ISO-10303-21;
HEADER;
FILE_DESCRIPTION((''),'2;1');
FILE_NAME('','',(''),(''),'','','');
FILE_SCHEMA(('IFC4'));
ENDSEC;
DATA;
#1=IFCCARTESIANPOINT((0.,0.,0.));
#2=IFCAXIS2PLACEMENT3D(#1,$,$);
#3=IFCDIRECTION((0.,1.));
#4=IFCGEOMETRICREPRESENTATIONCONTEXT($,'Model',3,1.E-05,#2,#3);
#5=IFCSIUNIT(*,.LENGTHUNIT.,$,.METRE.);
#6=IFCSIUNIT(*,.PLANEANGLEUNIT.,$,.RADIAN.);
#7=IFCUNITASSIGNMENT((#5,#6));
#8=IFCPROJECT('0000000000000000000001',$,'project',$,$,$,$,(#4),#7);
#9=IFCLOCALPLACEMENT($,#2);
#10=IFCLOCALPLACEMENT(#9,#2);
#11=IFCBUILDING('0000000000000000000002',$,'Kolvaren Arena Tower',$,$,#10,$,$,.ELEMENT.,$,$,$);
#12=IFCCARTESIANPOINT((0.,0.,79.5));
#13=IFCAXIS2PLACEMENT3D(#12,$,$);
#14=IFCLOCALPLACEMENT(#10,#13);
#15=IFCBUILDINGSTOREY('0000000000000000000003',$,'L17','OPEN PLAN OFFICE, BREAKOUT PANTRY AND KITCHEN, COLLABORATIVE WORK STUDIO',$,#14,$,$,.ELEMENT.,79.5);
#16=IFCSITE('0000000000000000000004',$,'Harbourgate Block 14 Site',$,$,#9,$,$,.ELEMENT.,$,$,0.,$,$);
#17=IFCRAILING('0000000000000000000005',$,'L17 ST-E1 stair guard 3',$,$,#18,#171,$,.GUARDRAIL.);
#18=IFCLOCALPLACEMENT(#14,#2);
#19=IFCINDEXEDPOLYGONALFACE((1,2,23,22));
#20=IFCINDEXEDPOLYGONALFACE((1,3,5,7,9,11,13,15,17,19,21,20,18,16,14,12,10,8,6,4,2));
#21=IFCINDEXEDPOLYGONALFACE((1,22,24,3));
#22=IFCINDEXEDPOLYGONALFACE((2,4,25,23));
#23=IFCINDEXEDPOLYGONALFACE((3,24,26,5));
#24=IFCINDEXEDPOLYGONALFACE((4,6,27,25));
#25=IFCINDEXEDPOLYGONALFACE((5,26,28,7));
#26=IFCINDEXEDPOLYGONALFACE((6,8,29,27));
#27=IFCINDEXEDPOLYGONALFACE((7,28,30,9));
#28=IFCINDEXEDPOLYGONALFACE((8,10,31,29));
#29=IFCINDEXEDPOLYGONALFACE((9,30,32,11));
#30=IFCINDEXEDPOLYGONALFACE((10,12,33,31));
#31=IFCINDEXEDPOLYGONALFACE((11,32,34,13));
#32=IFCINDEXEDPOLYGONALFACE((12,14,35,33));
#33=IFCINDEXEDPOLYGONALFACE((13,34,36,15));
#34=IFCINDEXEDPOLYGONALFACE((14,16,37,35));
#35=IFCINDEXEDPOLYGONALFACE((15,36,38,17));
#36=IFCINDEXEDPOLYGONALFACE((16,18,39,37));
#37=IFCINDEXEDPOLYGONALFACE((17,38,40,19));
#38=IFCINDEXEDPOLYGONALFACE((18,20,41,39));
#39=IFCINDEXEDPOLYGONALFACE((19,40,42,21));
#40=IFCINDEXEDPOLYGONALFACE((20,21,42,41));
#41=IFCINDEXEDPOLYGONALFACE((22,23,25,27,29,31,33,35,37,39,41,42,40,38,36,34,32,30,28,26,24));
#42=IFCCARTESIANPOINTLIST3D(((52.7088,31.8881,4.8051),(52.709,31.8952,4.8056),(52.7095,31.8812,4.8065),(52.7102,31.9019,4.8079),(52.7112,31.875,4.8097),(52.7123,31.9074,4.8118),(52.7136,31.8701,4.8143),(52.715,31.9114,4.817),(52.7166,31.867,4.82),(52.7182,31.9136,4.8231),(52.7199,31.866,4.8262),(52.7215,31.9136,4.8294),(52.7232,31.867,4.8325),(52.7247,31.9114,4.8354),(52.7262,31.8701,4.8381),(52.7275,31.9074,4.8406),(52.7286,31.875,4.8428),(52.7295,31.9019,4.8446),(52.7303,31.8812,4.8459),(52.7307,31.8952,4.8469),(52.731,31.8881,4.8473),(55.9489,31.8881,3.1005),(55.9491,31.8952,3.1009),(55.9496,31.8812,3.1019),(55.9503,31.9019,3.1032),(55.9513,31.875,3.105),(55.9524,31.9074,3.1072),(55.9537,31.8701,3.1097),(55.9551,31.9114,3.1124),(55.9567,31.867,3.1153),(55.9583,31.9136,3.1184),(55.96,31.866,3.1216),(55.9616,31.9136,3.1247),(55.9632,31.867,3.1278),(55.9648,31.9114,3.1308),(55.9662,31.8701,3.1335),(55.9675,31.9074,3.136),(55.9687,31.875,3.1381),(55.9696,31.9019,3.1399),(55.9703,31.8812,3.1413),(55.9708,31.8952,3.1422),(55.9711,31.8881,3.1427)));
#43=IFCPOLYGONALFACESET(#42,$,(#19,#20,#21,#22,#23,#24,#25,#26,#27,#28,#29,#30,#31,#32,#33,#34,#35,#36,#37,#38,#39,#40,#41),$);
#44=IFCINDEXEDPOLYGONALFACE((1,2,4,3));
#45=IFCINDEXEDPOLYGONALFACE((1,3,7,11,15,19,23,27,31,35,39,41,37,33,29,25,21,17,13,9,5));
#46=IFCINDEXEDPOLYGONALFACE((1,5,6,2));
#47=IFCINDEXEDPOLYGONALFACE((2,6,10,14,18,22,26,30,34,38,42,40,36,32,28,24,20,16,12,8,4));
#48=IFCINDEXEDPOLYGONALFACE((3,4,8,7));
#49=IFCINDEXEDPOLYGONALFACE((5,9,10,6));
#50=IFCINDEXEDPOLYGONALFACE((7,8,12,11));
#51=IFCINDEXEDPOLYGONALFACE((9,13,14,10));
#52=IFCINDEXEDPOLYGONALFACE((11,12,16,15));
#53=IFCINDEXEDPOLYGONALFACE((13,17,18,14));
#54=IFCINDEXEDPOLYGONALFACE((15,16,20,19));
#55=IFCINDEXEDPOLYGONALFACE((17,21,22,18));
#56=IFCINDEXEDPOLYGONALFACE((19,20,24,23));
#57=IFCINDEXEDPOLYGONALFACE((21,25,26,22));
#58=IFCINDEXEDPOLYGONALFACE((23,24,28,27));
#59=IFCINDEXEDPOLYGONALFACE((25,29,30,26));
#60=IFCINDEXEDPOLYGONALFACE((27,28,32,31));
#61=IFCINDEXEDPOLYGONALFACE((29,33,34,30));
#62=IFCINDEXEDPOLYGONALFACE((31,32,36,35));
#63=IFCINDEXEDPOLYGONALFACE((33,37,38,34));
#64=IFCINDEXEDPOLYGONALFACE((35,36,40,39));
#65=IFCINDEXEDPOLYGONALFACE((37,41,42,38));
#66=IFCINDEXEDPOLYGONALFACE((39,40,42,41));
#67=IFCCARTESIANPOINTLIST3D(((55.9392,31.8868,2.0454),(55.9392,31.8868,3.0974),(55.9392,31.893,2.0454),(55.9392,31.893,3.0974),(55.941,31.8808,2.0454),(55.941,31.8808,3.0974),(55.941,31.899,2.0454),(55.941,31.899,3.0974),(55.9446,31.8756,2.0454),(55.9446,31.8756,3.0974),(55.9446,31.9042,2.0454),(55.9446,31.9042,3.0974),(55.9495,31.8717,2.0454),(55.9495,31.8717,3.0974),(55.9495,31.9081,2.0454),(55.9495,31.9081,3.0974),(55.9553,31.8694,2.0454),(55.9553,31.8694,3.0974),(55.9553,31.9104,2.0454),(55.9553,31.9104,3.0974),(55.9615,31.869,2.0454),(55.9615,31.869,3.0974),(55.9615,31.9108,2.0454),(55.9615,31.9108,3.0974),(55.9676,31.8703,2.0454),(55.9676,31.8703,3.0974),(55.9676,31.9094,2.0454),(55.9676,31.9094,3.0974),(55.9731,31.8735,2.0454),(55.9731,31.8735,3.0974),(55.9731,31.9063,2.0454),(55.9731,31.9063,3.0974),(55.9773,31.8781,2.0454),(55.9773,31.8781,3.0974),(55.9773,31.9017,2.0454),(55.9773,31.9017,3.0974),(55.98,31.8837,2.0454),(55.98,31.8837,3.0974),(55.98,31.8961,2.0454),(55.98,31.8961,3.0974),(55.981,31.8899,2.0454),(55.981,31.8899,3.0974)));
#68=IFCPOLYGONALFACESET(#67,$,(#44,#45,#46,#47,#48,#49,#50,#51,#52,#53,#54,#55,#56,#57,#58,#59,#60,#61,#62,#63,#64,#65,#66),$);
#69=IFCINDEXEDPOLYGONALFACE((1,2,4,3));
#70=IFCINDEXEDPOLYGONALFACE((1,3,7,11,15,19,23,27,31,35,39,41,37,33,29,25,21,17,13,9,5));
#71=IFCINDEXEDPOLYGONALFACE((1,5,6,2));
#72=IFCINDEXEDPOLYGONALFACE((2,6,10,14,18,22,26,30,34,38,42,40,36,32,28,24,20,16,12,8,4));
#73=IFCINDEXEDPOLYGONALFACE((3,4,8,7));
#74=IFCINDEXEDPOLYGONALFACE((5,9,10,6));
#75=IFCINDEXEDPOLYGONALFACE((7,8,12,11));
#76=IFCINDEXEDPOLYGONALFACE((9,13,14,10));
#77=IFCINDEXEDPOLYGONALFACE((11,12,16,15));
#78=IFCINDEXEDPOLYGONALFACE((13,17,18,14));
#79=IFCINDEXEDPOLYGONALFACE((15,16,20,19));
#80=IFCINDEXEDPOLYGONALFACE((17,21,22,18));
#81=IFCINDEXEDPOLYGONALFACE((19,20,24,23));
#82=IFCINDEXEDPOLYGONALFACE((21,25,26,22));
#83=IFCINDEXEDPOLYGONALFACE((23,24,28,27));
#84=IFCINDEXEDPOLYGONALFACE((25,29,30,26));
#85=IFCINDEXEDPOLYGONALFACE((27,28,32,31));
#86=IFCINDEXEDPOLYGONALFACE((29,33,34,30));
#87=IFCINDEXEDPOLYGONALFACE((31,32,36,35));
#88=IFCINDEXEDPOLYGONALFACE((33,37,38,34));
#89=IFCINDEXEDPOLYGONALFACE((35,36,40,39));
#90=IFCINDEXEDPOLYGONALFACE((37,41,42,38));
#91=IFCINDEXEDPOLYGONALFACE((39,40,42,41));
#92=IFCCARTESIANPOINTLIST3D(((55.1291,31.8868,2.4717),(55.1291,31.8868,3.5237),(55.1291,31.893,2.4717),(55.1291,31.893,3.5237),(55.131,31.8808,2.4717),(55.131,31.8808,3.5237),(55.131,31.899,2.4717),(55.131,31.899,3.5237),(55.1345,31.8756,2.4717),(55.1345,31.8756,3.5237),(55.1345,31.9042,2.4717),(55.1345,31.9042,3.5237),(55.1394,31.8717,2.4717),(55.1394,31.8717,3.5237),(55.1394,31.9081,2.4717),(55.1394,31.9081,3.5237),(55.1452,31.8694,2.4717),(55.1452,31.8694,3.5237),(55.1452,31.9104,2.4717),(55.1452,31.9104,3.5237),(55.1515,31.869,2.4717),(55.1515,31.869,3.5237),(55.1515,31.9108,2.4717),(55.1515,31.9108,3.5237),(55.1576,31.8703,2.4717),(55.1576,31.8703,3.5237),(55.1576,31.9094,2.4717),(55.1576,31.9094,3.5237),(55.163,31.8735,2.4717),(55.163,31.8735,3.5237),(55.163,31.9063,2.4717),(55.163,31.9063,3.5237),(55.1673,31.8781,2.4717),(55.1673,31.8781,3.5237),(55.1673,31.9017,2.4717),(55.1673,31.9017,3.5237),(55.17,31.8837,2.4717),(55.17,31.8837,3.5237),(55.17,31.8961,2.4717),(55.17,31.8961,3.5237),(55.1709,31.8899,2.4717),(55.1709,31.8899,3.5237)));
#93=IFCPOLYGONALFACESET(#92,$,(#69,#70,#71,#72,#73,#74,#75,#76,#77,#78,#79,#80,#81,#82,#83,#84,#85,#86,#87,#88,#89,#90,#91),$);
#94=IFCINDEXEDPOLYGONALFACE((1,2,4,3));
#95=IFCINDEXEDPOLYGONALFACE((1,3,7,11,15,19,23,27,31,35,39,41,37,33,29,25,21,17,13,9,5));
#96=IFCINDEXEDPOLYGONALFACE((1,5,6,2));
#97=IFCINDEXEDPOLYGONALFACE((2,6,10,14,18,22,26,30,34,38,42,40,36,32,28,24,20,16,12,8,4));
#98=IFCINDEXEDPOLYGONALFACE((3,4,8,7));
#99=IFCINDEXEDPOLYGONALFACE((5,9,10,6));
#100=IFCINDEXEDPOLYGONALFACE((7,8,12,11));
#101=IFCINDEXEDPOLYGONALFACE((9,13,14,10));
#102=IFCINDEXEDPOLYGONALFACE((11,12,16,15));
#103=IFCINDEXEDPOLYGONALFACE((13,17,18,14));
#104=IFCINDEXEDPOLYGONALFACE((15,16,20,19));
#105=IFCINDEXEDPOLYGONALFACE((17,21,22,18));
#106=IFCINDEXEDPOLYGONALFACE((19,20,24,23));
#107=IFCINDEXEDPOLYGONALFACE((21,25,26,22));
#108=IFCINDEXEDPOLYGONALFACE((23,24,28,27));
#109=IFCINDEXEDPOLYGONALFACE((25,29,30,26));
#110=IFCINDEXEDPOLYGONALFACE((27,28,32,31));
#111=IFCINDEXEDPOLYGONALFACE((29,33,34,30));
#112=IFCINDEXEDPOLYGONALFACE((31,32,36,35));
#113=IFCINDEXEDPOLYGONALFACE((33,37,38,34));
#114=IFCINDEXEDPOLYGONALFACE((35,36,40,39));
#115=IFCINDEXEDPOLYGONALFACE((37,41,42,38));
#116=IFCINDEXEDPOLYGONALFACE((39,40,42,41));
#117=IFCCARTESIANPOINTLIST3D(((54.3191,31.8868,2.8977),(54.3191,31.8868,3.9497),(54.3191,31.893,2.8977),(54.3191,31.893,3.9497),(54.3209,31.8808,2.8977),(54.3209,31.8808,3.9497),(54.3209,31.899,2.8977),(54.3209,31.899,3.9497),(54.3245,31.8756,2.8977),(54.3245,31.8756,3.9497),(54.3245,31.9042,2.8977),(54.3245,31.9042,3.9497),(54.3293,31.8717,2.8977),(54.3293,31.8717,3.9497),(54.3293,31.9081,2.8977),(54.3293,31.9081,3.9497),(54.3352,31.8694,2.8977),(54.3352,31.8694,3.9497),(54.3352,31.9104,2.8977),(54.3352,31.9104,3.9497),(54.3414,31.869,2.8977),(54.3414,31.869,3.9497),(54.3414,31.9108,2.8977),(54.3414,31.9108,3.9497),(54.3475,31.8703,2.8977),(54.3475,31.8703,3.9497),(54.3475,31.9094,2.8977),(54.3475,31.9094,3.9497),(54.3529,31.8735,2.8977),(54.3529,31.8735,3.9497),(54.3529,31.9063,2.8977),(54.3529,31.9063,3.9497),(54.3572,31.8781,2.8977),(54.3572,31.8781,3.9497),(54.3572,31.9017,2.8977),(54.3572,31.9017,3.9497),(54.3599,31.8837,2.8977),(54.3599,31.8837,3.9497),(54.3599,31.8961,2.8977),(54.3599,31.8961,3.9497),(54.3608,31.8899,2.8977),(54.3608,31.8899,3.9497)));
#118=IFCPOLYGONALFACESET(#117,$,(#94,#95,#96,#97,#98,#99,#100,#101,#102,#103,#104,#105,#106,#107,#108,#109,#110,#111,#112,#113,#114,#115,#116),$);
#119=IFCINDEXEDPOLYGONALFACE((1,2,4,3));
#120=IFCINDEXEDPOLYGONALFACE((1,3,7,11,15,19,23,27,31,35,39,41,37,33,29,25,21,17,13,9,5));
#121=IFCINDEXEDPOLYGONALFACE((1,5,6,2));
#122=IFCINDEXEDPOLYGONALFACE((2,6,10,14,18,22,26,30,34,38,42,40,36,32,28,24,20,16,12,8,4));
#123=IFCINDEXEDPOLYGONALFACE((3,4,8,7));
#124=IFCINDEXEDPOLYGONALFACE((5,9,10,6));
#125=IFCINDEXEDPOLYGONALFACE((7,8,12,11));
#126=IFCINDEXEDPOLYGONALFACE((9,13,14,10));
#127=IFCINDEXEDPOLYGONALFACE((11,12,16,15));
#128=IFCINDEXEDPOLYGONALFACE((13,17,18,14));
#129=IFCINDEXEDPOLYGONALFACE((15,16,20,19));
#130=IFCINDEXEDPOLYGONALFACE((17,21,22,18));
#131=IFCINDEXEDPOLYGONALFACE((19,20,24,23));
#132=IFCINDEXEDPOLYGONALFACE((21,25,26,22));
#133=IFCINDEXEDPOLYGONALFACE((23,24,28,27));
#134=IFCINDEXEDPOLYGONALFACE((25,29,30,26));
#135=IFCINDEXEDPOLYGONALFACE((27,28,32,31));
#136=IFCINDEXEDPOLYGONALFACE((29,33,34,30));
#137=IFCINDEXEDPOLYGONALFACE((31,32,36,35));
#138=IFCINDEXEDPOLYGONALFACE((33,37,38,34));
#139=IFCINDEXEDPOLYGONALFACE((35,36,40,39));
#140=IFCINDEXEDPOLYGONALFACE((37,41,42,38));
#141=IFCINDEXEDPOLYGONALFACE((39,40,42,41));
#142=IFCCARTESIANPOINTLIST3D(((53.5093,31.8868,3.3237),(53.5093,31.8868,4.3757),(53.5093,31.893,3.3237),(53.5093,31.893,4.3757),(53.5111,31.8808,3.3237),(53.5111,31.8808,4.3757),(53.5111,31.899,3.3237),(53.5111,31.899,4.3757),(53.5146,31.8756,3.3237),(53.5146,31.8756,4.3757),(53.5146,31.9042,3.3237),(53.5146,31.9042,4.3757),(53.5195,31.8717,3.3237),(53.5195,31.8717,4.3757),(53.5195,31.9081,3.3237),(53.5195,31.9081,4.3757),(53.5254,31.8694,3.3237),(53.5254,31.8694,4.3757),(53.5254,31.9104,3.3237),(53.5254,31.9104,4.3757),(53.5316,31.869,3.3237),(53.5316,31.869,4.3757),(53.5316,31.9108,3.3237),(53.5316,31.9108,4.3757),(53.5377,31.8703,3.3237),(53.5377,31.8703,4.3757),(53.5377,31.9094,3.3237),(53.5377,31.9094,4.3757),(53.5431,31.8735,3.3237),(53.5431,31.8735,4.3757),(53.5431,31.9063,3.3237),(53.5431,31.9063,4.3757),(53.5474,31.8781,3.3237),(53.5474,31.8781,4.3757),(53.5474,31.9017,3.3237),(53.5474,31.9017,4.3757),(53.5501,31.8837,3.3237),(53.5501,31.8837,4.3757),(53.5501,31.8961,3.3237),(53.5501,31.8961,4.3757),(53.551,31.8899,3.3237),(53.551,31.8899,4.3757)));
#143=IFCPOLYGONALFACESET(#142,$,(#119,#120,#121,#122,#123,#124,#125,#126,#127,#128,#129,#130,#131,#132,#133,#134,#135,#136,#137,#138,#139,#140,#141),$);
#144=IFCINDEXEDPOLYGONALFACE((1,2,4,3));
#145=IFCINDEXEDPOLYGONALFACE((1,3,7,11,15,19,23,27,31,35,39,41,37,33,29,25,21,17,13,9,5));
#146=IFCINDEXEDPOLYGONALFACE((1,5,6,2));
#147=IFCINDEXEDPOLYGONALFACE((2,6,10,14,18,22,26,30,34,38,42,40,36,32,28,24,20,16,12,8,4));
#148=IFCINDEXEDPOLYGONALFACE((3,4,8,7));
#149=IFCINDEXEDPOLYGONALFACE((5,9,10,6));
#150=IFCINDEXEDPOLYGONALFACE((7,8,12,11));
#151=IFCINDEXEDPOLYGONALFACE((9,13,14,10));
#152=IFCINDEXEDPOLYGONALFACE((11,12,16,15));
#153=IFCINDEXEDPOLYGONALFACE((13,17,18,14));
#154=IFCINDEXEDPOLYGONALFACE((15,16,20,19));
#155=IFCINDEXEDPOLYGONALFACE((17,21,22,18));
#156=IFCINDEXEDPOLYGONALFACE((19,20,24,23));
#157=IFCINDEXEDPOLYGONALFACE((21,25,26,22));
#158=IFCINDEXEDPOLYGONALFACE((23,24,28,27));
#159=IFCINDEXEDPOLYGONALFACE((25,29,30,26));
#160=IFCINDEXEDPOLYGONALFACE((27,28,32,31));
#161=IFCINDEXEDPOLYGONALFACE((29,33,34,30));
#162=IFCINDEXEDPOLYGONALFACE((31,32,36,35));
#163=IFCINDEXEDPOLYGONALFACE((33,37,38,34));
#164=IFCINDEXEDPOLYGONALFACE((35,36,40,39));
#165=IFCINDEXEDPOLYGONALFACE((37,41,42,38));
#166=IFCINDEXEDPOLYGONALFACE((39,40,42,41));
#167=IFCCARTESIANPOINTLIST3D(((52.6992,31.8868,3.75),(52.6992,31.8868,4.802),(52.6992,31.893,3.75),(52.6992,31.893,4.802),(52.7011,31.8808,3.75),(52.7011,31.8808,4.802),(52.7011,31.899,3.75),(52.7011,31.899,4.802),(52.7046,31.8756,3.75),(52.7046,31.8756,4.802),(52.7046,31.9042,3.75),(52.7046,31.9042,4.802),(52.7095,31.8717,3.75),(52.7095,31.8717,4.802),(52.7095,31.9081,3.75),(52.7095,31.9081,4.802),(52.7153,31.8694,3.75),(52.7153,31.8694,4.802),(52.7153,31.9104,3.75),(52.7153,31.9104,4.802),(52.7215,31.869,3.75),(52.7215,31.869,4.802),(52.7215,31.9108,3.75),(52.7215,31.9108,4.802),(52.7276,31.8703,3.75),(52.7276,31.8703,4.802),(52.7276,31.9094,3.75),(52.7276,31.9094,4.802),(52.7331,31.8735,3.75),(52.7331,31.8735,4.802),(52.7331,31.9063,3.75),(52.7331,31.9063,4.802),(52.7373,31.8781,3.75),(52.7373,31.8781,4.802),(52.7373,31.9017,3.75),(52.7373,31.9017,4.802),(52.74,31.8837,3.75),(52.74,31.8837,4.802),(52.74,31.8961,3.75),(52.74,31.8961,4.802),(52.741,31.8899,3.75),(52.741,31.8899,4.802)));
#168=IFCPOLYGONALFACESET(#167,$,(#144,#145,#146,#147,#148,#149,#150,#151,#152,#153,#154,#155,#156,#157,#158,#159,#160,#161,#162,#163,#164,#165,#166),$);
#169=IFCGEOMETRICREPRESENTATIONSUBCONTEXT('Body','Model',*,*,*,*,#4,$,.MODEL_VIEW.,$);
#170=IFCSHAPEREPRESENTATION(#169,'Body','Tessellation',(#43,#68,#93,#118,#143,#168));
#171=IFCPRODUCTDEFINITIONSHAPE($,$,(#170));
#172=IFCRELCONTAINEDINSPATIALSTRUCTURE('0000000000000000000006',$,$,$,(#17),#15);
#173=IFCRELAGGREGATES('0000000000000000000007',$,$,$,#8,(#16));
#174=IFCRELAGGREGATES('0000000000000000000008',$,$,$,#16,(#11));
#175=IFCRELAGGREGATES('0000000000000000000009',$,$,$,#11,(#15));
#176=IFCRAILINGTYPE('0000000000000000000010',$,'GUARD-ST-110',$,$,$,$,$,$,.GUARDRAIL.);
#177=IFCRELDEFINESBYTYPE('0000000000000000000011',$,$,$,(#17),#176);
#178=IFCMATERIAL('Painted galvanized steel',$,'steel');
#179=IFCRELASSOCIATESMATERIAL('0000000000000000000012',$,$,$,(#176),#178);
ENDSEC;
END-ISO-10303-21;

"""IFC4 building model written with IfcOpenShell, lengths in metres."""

from ifc_helpers import new_model, si_unit, direction, frame, origin, origin_2d, place, context, subcontext, project, spatial, circle, extrude, material, type_object, element, save


model = new_model("IFC4")

# Units and contexts
model_context = context("Model", 3, precision=1e-05, world=origin(), true_north=direction((0.0, 1.0)))
body_context = subcontext(model_context, "Body", "Model", "MODEL_VIEW")
ifc_project = project(units=[si_unit("LENGTHUNIT", "METRE"), si_unit("PLANEANGLEUNIT", "RADIAN")], contexts=[model_context])

# Site, building, storey
site_placement = place(None, origin())
site = spatial("IfcSite", under=ifc_project, at=site_placement, Name="Harbourgate Block 14 Site", CompositionType="ELEMENT", RefElevation=0.0)
building_placement = place(site_placement, origin())
building = spatial("IfcBuilding", under=site, at=building_placement, Name="Kolvaren Arena Tower", CompositionType="ELEMENT")
storey_placement = place(building_placement, frame((0.0, 0.0, 79.5)))
storey = spatial("IfcBuildingStorey", under=building, at=storey_placement, Name="L17", Description="OPEN PLAN OFFICE, BREAKOUT PANTRY AND KITCHEN, COLLABORATIVE WORK STUDIO", CompositionType="ELEMENT", Elevation=79.5)

# Railing
ifc_material_1 = material(Name="Painted galvanized steel", Category="steel")
railing_type_1 = type_object("IfcRailingType", Name="GUARD-ST-110", PredefinedType="GUARDRAIL", material=ifc_material_1)
railing_1_placement = place(storey_placement, frame((55.96, 31.8899, 2.0454)))
element("IfcRailing", 1, at=railing_1_placement, inside=storey, type_object=railing_type_1, Name="L17 ST-E1 stair guard 3", PredefinedType="GUARDRAIL", context=body_context, shape_type="SweptSolid", body=[
    extrude(circle(Radius=0.0239, at=origin_2d()), frame((0.0, 0.0, 1.0762), z_axis=(-0.884993, 0.0, 0.465604), x_axis=(0.0, -1.0, 0.0)), (0.0, 0.0, 1.0), 3.6611),
    extrude(circle(Radius=0.021, at=origin_2d()), origin(), (0.0, 0.0, 1.0), 1.052),
    extrude(circle(Radius=0.021, at=origin_2d()), frame((-0.8101, 0.0, 0.4263)), (0.0, 0.0, 1.0), 1.052),
    extrude(circle(Radius=0.021, at=origin_2d()), frame((-1.6201, 0.0, 0.8523)), (0.0, 0.0, 1.0), 1.052),
    extrude(circle(Radius=0.021, at=origin_2d()), frame((-2.4299, 0.0, 1.2783)), (0.0, 0.0, 1.0), 1.052),
    extrude(circle(Radius=0.021, at=origin_2d()), frame((-3.24, 0.0, 1.7046)), (0.0, 0.0, 1.0), 1.052),
])

save(model, "model.ifc")
